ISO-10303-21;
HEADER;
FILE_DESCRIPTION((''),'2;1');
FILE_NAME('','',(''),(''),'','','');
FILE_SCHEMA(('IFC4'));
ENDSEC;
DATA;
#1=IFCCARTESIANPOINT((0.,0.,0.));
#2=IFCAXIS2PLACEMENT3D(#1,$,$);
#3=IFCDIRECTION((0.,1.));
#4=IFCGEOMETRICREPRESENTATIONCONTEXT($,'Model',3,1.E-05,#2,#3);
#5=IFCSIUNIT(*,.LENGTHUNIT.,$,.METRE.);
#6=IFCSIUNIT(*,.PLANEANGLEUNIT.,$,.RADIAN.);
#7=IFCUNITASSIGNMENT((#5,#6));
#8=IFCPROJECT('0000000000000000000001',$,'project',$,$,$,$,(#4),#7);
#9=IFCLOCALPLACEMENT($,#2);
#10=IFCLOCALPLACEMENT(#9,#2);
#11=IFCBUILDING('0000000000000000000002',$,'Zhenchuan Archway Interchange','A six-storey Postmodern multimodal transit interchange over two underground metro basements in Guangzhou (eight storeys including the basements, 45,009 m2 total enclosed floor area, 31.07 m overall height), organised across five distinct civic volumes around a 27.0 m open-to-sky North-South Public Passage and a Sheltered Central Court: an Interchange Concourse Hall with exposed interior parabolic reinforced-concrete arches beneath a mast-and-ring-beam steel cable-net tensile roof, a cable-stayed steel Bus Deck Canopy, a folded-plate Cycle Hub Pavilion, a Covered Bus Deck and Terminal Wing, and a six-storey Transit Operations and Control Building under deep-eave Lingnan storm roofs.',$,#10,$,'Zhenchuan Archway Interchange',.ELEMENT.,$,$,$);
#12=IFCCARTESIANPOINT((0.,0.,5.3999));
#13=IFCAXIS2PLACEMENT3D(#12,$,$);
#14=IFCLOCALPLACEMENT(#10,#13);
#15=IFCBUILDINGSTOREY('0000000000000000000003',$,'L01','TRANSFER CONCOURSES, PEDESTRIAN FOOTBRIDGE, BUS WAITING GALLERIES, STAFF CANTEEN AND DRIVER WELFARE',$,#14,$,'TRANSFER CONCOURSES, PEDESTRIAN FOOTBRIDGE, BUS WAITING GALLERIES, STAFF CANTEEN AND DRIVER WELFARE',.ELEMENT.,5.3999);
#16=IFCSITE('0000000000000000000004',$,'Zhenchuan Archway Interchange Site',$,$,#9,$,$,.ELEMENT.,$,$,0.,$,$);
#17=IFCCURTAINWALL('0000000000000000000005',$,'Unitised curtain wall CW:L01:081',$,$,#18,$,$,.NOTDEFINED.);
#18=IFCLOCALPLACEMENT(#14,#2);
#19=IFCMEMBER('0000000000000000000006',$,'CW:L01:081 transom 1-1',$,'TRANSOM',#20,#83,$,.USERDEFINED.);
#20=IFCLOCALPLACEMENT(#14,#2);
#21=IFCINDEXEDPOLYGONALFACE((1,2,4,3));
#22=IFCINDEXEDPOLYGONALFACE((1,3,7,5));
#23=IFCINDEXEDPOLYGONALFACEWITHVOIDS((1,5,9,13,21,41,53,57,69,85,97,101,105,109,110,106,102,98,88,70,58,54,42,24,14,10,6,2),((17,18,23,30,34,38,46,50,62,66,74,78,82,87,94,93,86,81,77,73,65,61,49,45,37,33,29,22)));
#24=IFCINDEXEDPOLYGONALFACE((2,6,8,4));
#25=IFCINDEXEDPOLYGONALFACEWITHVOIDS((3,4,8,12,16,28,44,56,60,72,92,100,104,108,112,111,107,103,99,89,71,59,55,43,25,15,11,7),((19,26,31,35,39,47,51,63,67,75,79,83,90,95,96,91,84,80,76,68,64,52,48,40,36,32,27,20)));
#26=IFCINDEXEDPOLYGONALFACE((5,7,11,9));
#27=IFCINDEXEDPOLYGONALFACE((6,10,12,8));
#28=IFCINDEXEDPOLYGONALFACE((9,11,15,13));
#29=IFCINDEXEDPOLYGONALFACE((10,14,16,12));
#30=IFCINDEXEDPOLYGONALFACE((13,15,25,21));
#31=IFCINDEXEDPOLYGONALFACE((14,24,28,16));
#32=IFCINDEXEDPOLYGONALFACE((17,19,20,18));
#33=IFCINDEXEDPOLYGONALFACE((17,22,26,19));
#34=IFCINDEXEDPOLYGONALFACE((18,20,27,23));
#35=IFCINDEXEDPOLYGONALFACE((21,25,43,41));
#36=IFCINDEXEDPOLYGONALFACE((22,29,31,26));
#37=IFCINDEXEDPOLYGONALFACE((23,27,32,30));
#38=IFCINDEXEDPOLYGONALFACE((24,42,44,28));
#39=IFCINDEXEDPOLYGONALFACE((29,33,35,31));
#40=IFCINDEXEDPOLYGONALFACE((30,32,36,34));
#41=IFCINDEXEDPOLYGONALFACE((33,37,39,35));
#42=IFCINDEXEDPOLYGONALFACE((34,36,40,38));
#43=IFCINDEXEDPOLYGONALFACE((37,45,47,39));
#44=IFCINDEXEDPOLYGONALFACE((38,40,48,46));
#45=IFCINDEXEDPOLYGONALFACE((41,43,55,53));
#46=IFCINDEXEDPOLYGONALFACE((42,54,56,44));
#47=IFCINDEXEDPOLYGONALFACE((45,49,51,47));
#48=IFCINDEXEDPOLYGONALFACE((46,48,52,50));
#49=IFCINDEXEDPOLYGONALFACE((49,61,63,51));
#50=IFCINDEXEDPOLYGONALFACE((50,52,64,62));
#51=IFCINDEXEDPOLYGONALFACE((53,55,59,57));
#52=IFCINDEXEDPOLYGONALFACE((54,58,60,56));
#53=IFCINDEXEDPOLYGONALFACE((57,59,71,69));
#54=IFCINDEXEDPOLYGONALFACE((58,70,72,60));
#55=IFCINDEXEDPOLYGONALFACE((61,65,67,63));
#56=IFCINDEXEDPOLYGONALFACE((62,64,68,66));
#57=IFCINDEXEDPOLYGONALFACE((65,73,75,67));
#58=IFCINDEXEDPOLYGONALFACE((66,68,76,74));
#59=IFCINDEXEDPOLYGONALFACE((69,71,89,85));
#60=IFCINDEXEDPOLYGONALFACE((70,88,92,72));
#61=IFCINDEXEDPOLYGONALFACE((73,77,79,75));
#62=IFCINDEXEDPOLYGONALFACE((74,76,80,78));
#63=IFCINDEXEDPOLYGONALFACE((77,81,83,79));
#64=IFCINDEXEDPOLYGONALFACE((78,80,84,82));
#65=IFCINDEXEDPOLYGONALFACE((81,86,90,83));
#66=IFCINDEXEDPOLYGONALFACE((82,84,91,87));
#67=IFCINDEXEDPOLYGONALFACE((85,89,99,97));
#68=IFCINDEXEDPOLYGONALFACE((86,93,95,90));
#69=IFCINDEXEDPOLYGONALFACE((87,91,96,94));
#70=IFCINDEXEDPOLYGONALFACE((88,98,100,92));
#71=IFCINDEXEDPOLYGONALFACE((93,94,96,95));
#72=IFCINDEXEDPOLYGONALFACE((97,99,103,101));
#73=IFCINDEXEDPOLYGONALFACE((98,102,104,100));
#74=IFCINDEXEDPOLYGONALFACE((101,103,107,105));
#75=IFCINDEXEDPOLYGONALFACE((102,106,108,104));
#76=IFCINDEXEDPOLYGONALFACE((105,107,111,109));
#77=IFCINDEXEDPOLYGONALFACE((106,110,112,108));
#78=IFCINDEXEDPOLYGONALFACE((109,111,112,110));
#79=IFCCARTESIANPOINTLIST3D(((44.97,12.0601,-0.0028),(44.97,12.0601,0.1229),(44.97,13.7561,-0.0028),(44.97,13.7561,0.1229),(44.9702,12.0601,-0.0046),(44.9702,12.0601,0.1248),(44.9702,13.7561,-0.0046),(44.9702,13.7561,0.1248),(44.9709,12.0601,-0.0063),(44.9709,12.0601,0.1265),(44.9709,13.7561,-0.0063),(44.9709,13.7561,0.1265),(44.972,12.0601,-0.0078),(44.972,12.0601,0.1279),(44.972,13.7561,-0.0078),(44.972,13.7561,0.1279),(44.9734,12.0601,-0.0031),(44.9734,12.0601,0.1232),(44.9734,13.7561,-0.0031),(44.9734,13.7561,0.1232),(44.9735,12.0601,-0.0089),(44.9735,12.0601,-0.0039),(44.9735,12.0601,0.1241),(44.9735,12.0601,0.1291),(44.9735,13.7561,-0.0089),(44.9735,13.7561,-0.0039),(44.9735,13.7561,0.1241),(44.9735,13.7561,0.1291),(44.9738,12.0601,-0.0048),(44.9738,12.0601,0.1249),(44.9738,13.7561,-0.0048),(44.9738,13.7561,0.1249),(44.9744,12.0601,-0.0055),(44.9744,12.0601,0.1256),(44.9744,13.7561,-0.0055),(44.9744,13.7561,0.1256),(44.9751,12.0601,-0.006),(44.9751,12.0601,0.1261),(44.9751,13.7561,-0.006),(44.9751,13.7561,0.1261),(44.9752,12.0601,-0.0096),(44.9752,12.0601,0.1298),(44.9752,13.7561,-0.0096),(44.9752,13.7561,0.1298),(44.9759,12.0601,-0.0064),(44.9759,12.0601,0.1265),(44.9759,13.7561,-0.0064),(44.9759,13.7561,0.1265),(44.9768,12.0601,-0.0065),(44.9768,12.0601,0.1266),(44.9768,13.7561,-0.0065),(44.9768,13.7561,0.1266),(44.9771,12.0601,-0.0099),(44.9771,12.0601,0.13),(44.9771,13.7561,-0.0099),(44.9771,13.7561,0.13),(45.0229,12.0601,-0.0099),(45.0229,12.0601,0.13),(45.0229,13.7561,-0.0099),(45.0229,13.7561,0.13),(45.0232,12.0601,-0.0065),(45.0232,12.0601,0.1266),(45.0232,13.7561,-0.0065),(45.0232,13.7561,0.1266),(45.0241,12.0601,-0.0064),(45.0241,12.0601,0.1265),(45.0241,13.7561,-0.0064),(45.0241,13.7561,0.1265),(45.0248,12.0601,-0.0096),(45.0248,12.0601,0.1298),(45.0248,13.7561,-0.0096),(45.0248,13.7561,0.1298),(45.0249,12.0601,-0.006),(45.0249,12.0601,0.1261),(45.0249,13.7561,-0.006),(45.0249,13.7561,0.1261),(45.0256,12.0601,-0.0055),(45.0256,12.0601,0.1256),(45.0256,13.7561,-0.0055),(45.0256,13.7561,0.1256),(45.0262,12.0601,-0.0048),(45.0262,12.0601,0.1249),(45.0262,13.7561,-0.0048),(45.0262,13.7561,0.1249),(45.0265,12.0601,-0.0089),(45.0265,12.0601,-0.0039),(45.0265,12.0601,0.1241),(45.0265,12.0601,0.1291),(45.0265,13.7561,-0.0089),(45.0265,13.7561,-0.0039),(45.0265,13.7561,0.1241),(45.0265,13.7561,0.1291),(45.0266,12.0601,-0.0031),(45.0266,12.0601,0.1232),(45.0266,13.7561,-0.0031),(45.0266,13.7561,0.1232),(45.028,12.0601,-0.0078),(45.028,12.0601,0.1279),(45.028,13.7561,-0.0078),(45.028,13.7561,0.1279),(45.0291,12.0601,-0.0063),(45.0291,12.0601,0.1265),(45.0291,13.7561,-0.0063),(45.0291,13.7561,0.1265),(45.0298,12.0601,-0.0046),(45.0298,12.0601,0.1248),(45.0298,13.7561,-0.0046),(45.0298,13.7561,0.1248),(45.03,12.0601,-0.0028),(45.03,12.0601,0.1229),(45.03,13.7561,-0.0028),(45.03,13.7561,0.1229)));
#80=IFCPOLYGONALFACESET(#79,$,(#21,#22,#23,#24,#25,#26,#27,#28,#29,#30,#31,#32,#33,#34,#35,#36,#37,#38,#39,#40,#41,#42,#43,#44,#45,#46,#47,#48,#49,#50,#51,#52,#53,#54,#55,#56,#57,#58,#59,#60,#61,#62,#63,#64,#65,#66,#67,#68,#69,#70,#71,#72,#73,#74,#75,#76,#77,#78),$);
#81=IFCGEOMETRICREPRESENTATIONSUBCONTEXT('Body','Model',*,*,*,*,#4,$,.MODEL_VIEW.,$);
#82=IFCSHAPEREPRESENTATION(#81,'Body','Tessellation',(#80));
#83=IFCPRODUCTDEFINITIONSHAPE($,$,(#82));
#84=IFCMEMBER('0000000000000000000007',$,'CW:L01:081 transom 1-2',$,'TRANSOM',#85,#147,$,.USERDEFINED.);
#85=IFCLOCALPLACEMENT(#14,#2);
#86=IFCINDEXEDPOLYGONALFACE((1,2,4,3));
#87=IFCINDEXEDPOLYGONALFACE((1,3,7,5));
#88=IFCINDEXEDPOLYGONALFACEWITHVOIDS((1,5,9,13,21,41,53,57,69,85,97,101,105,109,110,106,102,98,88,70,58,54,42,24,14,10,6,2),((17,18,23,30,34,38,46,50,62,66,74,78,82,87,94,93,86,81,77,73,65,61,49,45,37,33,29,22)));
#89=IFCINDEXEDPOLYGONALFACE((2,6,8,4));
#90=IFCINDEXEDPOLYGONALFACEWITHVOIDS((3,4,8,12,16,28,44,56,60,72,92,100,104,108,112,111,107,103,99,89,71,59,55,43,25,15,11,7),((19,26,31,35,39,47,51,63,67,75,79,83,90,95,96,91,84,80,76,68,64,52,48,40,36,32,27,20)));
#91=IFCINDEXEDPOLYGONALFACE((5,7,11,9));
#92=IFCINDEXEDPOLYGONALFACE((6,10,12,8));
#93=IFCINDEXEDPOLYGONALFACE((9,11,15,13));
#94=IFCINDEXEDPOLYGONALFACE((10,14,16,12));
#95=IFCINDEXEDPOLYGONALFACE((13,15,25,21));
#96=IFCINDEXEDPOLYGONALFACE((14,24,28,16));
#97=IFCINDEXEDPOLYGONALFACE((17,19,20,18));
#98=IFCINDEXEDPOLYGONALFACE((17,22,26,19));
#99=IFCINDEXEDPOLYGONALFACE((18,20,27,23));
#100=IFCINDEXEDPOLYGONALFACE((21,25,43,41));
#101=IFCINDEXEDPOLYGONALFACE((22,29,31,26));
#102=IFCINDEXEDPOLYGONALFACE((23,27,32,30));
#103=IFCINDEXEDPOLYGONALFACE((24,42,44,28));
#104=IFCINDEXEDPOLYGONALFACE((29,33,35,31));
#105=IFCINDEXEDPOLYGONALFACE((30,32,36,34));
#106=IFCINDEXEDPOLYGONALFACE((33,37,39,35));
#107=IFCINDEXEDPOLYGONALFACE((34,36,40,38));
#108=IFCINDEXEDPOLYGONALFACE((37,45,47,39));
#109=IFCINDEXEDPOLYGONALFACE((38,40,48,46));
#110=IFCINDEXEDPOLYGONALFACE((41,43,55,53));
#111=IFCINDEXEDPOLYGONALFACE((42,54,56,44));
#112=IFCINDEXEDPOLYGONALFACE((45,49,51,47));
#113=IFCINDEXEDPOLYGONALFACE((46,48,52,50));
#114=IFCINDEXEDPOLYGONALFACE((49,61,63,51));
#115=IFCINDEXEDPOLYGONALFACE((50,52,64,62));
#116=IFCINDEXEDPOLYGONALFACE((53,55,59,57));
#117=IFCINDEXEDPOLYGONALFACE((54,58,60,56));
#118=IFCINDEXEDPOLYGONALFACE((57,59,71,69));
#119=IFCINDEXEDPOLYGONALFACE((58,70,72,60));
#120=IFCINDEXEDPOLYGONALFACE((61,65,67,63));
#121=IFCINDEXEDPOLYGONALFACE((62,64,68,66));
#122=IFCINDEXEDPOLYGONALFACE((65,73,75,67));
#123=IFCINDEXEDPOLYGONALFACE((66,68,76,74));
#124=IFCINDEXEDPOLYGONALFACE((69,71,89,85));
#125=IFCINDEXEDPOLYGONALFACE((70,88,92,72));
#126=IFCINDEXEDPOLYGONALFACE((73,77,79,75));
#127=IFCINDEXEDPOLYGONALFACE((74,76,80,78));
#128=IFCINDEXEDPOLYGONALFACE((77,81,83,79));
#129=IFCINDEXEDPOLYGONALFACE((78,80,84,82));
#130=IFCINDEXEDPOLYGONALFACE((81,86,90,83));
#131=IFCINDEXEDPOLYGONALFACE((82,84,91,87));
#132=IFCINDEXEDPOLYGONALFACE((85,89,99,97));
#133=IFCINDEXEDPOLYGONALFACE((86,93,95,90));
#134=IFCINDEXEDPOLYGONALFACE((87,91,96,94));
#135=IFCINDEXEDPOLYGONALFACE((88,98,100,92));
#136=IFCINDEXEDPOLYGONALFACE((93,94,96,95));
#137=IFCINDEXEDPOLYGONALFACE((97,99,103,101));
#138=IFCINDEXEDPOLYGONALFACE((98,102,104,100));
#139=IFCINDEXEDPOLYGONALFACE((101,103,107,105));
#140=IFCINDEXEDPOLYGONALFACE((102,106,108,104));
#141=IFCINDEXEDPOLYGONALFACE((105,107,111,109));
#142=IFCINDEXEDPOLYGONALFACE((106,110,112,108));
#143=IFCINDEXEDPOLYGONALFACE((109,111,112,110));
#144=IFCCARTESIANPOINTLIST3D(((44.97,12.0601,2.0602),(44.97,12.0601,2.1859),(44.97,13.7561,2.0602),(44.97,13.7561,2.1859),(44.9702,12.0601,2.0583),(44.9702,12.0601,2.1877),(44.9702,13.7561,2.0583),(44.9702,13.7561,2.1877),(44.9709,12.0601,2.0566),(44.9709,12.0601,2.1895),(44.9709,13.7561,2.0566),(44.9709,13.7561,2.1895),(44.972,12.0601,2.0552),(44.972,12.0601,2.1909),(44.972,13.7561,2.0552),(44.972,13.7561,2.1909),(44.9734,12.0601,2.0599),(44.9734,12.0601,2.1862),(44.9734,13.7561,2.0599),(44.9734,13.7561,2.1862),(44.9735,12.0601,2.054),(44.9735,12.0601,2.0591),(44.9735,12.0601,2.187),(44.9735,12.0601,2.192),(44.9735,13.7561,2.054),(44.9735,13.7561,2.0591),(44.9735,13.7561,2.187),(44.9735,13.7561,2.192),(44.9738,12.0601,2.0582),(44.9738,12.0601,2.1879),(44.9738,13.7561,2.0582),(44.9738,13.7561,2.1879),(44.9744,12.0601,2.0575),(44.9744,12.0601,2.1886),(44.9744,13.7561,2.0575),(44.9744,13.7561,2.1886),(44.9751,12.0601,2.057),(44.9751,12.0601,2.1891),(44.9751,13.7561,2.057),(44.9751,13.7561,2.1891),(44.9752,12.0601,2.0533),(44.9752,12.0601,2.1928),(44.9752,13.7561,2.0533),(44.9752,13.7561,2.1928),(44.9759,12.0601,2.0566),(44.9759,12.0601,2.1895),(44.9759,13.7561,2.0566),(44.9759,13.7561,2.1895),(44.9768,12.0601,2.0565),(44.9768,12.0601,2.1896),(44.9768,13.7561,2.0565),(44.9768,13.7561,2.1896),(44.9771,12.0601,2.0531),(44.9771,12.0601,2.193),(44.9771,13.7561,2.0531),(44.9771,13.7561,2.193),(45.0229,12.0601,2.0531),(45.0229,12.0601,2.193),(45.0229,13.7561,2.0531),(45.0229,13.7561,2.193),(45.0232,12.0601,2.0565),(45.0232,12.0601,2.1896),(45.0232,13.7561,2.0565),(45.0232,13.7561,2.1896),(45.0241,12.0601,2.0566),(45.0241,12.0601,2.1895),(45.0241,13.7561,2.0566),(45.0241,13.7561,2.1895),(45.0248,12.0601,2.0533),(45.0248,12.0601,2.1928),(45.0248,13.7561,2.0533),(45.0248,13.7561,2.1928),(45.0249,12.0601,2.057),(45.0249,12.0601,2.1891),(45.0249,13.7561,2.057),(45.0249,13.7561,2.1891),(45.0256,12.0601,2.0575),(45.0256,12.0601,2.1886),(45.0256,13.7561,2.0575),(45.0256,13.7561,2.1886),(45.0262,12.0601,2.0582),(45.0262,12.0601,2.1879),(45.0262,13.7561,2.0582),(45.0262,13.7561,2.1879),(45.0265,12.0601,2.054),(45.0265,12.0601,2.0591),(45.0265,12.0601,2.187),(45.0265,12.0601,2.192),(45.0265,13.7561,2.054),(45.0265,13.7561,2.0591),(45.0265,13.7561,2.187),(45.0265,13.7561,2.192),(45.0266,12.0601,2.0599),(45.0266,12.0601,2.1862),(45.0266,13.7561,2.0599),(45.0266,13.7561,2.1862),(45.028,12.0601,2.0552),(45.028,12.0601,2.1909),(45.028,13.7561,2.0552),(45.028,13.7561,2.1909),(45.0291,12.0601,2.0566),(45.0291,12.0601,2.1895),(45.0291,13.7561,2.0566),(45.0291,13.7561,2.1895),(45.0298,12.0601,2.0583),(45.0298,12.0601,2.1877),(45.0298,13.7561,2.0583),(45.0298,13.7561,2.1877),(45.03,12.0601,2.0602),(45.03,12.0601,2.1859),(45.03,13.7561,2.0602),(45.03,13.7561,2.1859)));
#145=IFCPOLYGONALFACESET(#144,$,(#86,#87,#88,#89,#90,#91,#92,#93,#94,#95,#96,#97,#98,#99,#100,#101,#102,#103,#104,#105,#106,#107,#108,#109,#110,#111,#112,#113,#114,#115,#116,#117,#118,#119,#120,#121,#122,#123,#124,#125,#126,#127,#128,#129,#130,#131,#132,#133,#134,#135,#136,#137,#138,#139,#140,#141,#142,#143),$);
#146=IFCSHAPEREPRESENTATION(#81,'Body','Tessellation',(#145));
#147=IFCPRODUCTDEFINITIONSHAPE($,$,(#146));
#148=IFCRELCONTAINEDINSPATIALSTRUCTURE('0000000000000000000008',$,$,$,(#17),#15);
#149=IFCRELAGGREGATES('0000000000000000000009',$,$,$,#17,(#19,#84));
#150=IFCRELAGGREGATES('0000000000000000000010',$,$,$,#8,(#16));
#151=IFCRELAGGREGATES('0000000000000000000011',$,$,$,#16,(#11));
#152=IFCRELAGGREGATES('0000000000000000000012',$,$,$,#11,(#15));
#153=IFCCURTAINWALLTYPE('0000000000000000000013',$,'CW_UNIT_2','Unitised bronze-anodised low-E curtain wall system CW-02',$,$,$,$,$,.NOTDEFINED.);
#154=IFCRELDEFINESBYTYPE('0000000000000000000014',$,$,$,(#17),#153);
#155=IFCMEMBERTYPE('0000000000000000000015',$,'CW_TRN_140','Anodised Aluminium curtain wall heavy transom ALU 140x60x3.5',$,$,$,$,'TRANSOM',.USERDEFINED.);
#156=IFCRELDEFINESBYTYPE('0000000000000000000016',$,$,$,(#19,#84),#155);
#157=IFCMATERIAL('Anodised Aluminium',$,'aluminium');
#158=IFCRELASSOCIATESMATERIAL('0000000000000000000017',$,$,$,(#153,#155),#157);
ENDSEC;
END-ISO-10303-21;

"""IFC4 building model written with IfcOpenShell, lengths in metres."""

from ifc_helpers import new_model, si_unit, direction, frame, origin, origin_2d, place, context, subcontext, project, spatial, hollow_rectangle, extrude, material, material_profile, profile_set, type_object, element, aggregate, save


model = new_model("IFC4")

# Units and contexts
model_context = context("Model", 3, precision=1e-05, world=origin(), true_north=direction((0.0, 1.0)))
body_context = subcontext(model_context, "Body", "Model", "MODEL_VIEW")
ifc_project = project(units=[si_unit("LENGTHUNIT", "METRE"), si_unit("PLANEANGLEUNIT", "RADIAN")], contexts=[model_context])

# Site, building, storey
site_placement = place(None, origin())
site = spatial("IfcSite", under=ifc_project, at=site_placement, Name="Zhenchuan Archway Interchange Site", CompositionType="ELEMENT", RefElevation=0.0)
building_placement = place(site_placement, origin())
building = spatial("IfcBuilding", under=site, at=building_placement, Name="Zhenchuan Archway Interchange", Description="A six-storey Postmodern multimodal transit interchange over two underground metro basements in Guangzhou (eight storeys including the basements, 45,009 m2 total enclosed floor area, 31.07 m overall height), organised across five distinct civic volumes around a 27.0 m open-to-sky North-South Public Passage and a Sheltered Central Court: an Interchange Concourse Hall with exposed interior parabolic reinforced-concrete arches beneath a mast-and-ring-beam steel cable-net tensile roof, a cable-stayed steel Bus Deck Canopy, a folded-plate Cycle Hub Pavilion, a Covered Bus Deck and Terminal Wing, and a six-storey Transit Operations and Control Building under deep-eave Lingnan storm roofs.", LongName="Zhenchuan Archway Interchange", CompositionType="ELEMENT")
storey_placement = place(building_placement, frame((0.0, 0.0, 5.3999)))
storey = spatial("IfcBuildingStorey", under=building, at=storey_placement, Name="L01", Description="TRANSFER CONCOURSES, PEDESTRIAN FOOTBRIDGE, BUS WAITING GALLERIES, STAFF CANTEEN AND DRIVER WELFARE", LongName="TRANSFER CONCOURSES, PEDESTRIAN FOOTBRIDGE, BUS WAITING GALLERIES, STAFF CANTEEN AND DRIVER WELFARE", CompositionType="ELEMENT", Elevation=5.3999)

# Curtain wall
ifc_material_1 = material(Name="Anodised Aluminium", Category="aluminium")
curtain_wall_type_1 = type_object("IfcCurtainWallType", Name="CW_UNIT_2", Description="Unitised bronze-anodised low-E curtain wall system CW-02", PredefinedType="NOTDEFINED", material=ifc_material_1)
curtain_wall_1_placement = place(storey_placement, origin())
curtain_wall_1 = element("IfcCurtainWall", 1, at=curtain_wall_1_placement, inside=storey, type_object=curtain_wall_type_1, Name="Unitised curtain wall CW:L01:081", PredefinedType="NOTDEFINED")

# Members
ifc_material_profile_1 = material_profile(ifc_material_1, hollow_rectangle(XDim=0.0601, YDim=0.1399, WallThickness=0.0034, InnerFilletRadius=0.0034, OuterFilletRadius=0.0071, at=origin_2d()), Name="ALU 140x60x3.5")
ifc_profile_set_1 = profile_set([ifc_material_profile_1], Name="Anodised Aluminium")
member_type_1 = type_object("IfcMemberType", Name="CW_TRN_140", Description="Anodised Aluminium curtain wall heavy transom ALU 140x60x3.5", ElementType="TRANSOM", PredefinedType="USERDEFINED", material=ifc_profile_set_1)
member_1_placement = place(storey_placement, frame((45.0, 13.7561, 0.0601), z_axis=(0.0, -1.0, 0.0), x_axis=(1.0, 0.0, 0.0)))
member_1 = element("IfcMember", 2, at=member_1_placement, type_object=member_type_1, Name="CW:L01:081 transom 1-1", ObjectType="TRANSOM", PredefinedType="USERDEFINED", context=body_context, shape_type="SweptSolid", body=[
    extrude(hollow_rectangle(XDim=0.0601, YDim=0.1399, WallThickness=0.0034, InnerFilletRadius=0.0034, OuterFilletRadius=0.0071, at=origin_2d()), origin(), (0.0, 0.0, 1.0), 1.696),
])
member_2_placement = place(storey_placement, frame((45.0, 13.7561, 2.123), z_axis=(0.0, -1.0, 0.0), x_axis=(1.0, 0.0, 0.0)))
member_2 = element("IfcMember", 3, at=member_2_placement, type_object=member_type_1, Name="CW:L01:081 transom 1-2", ObjectType="TRANSOM", PredefinedType="USERDEFINED", context=body_context, shape_type="SweptSolid", body=[
    extrude(hollow_rectangle(XDim=0.0601, YDim=0.1399, WallThickness=0.0034, InnerFilletRadius=0.0034, OuterFilletRadius=0.0071, at=origin_2d()), origin(), (0.0, 0.0, 1.0), 1.696),
])

aggregate(curtain_wall_1, [member_1, member_2])

save(model, "model.ifc")
